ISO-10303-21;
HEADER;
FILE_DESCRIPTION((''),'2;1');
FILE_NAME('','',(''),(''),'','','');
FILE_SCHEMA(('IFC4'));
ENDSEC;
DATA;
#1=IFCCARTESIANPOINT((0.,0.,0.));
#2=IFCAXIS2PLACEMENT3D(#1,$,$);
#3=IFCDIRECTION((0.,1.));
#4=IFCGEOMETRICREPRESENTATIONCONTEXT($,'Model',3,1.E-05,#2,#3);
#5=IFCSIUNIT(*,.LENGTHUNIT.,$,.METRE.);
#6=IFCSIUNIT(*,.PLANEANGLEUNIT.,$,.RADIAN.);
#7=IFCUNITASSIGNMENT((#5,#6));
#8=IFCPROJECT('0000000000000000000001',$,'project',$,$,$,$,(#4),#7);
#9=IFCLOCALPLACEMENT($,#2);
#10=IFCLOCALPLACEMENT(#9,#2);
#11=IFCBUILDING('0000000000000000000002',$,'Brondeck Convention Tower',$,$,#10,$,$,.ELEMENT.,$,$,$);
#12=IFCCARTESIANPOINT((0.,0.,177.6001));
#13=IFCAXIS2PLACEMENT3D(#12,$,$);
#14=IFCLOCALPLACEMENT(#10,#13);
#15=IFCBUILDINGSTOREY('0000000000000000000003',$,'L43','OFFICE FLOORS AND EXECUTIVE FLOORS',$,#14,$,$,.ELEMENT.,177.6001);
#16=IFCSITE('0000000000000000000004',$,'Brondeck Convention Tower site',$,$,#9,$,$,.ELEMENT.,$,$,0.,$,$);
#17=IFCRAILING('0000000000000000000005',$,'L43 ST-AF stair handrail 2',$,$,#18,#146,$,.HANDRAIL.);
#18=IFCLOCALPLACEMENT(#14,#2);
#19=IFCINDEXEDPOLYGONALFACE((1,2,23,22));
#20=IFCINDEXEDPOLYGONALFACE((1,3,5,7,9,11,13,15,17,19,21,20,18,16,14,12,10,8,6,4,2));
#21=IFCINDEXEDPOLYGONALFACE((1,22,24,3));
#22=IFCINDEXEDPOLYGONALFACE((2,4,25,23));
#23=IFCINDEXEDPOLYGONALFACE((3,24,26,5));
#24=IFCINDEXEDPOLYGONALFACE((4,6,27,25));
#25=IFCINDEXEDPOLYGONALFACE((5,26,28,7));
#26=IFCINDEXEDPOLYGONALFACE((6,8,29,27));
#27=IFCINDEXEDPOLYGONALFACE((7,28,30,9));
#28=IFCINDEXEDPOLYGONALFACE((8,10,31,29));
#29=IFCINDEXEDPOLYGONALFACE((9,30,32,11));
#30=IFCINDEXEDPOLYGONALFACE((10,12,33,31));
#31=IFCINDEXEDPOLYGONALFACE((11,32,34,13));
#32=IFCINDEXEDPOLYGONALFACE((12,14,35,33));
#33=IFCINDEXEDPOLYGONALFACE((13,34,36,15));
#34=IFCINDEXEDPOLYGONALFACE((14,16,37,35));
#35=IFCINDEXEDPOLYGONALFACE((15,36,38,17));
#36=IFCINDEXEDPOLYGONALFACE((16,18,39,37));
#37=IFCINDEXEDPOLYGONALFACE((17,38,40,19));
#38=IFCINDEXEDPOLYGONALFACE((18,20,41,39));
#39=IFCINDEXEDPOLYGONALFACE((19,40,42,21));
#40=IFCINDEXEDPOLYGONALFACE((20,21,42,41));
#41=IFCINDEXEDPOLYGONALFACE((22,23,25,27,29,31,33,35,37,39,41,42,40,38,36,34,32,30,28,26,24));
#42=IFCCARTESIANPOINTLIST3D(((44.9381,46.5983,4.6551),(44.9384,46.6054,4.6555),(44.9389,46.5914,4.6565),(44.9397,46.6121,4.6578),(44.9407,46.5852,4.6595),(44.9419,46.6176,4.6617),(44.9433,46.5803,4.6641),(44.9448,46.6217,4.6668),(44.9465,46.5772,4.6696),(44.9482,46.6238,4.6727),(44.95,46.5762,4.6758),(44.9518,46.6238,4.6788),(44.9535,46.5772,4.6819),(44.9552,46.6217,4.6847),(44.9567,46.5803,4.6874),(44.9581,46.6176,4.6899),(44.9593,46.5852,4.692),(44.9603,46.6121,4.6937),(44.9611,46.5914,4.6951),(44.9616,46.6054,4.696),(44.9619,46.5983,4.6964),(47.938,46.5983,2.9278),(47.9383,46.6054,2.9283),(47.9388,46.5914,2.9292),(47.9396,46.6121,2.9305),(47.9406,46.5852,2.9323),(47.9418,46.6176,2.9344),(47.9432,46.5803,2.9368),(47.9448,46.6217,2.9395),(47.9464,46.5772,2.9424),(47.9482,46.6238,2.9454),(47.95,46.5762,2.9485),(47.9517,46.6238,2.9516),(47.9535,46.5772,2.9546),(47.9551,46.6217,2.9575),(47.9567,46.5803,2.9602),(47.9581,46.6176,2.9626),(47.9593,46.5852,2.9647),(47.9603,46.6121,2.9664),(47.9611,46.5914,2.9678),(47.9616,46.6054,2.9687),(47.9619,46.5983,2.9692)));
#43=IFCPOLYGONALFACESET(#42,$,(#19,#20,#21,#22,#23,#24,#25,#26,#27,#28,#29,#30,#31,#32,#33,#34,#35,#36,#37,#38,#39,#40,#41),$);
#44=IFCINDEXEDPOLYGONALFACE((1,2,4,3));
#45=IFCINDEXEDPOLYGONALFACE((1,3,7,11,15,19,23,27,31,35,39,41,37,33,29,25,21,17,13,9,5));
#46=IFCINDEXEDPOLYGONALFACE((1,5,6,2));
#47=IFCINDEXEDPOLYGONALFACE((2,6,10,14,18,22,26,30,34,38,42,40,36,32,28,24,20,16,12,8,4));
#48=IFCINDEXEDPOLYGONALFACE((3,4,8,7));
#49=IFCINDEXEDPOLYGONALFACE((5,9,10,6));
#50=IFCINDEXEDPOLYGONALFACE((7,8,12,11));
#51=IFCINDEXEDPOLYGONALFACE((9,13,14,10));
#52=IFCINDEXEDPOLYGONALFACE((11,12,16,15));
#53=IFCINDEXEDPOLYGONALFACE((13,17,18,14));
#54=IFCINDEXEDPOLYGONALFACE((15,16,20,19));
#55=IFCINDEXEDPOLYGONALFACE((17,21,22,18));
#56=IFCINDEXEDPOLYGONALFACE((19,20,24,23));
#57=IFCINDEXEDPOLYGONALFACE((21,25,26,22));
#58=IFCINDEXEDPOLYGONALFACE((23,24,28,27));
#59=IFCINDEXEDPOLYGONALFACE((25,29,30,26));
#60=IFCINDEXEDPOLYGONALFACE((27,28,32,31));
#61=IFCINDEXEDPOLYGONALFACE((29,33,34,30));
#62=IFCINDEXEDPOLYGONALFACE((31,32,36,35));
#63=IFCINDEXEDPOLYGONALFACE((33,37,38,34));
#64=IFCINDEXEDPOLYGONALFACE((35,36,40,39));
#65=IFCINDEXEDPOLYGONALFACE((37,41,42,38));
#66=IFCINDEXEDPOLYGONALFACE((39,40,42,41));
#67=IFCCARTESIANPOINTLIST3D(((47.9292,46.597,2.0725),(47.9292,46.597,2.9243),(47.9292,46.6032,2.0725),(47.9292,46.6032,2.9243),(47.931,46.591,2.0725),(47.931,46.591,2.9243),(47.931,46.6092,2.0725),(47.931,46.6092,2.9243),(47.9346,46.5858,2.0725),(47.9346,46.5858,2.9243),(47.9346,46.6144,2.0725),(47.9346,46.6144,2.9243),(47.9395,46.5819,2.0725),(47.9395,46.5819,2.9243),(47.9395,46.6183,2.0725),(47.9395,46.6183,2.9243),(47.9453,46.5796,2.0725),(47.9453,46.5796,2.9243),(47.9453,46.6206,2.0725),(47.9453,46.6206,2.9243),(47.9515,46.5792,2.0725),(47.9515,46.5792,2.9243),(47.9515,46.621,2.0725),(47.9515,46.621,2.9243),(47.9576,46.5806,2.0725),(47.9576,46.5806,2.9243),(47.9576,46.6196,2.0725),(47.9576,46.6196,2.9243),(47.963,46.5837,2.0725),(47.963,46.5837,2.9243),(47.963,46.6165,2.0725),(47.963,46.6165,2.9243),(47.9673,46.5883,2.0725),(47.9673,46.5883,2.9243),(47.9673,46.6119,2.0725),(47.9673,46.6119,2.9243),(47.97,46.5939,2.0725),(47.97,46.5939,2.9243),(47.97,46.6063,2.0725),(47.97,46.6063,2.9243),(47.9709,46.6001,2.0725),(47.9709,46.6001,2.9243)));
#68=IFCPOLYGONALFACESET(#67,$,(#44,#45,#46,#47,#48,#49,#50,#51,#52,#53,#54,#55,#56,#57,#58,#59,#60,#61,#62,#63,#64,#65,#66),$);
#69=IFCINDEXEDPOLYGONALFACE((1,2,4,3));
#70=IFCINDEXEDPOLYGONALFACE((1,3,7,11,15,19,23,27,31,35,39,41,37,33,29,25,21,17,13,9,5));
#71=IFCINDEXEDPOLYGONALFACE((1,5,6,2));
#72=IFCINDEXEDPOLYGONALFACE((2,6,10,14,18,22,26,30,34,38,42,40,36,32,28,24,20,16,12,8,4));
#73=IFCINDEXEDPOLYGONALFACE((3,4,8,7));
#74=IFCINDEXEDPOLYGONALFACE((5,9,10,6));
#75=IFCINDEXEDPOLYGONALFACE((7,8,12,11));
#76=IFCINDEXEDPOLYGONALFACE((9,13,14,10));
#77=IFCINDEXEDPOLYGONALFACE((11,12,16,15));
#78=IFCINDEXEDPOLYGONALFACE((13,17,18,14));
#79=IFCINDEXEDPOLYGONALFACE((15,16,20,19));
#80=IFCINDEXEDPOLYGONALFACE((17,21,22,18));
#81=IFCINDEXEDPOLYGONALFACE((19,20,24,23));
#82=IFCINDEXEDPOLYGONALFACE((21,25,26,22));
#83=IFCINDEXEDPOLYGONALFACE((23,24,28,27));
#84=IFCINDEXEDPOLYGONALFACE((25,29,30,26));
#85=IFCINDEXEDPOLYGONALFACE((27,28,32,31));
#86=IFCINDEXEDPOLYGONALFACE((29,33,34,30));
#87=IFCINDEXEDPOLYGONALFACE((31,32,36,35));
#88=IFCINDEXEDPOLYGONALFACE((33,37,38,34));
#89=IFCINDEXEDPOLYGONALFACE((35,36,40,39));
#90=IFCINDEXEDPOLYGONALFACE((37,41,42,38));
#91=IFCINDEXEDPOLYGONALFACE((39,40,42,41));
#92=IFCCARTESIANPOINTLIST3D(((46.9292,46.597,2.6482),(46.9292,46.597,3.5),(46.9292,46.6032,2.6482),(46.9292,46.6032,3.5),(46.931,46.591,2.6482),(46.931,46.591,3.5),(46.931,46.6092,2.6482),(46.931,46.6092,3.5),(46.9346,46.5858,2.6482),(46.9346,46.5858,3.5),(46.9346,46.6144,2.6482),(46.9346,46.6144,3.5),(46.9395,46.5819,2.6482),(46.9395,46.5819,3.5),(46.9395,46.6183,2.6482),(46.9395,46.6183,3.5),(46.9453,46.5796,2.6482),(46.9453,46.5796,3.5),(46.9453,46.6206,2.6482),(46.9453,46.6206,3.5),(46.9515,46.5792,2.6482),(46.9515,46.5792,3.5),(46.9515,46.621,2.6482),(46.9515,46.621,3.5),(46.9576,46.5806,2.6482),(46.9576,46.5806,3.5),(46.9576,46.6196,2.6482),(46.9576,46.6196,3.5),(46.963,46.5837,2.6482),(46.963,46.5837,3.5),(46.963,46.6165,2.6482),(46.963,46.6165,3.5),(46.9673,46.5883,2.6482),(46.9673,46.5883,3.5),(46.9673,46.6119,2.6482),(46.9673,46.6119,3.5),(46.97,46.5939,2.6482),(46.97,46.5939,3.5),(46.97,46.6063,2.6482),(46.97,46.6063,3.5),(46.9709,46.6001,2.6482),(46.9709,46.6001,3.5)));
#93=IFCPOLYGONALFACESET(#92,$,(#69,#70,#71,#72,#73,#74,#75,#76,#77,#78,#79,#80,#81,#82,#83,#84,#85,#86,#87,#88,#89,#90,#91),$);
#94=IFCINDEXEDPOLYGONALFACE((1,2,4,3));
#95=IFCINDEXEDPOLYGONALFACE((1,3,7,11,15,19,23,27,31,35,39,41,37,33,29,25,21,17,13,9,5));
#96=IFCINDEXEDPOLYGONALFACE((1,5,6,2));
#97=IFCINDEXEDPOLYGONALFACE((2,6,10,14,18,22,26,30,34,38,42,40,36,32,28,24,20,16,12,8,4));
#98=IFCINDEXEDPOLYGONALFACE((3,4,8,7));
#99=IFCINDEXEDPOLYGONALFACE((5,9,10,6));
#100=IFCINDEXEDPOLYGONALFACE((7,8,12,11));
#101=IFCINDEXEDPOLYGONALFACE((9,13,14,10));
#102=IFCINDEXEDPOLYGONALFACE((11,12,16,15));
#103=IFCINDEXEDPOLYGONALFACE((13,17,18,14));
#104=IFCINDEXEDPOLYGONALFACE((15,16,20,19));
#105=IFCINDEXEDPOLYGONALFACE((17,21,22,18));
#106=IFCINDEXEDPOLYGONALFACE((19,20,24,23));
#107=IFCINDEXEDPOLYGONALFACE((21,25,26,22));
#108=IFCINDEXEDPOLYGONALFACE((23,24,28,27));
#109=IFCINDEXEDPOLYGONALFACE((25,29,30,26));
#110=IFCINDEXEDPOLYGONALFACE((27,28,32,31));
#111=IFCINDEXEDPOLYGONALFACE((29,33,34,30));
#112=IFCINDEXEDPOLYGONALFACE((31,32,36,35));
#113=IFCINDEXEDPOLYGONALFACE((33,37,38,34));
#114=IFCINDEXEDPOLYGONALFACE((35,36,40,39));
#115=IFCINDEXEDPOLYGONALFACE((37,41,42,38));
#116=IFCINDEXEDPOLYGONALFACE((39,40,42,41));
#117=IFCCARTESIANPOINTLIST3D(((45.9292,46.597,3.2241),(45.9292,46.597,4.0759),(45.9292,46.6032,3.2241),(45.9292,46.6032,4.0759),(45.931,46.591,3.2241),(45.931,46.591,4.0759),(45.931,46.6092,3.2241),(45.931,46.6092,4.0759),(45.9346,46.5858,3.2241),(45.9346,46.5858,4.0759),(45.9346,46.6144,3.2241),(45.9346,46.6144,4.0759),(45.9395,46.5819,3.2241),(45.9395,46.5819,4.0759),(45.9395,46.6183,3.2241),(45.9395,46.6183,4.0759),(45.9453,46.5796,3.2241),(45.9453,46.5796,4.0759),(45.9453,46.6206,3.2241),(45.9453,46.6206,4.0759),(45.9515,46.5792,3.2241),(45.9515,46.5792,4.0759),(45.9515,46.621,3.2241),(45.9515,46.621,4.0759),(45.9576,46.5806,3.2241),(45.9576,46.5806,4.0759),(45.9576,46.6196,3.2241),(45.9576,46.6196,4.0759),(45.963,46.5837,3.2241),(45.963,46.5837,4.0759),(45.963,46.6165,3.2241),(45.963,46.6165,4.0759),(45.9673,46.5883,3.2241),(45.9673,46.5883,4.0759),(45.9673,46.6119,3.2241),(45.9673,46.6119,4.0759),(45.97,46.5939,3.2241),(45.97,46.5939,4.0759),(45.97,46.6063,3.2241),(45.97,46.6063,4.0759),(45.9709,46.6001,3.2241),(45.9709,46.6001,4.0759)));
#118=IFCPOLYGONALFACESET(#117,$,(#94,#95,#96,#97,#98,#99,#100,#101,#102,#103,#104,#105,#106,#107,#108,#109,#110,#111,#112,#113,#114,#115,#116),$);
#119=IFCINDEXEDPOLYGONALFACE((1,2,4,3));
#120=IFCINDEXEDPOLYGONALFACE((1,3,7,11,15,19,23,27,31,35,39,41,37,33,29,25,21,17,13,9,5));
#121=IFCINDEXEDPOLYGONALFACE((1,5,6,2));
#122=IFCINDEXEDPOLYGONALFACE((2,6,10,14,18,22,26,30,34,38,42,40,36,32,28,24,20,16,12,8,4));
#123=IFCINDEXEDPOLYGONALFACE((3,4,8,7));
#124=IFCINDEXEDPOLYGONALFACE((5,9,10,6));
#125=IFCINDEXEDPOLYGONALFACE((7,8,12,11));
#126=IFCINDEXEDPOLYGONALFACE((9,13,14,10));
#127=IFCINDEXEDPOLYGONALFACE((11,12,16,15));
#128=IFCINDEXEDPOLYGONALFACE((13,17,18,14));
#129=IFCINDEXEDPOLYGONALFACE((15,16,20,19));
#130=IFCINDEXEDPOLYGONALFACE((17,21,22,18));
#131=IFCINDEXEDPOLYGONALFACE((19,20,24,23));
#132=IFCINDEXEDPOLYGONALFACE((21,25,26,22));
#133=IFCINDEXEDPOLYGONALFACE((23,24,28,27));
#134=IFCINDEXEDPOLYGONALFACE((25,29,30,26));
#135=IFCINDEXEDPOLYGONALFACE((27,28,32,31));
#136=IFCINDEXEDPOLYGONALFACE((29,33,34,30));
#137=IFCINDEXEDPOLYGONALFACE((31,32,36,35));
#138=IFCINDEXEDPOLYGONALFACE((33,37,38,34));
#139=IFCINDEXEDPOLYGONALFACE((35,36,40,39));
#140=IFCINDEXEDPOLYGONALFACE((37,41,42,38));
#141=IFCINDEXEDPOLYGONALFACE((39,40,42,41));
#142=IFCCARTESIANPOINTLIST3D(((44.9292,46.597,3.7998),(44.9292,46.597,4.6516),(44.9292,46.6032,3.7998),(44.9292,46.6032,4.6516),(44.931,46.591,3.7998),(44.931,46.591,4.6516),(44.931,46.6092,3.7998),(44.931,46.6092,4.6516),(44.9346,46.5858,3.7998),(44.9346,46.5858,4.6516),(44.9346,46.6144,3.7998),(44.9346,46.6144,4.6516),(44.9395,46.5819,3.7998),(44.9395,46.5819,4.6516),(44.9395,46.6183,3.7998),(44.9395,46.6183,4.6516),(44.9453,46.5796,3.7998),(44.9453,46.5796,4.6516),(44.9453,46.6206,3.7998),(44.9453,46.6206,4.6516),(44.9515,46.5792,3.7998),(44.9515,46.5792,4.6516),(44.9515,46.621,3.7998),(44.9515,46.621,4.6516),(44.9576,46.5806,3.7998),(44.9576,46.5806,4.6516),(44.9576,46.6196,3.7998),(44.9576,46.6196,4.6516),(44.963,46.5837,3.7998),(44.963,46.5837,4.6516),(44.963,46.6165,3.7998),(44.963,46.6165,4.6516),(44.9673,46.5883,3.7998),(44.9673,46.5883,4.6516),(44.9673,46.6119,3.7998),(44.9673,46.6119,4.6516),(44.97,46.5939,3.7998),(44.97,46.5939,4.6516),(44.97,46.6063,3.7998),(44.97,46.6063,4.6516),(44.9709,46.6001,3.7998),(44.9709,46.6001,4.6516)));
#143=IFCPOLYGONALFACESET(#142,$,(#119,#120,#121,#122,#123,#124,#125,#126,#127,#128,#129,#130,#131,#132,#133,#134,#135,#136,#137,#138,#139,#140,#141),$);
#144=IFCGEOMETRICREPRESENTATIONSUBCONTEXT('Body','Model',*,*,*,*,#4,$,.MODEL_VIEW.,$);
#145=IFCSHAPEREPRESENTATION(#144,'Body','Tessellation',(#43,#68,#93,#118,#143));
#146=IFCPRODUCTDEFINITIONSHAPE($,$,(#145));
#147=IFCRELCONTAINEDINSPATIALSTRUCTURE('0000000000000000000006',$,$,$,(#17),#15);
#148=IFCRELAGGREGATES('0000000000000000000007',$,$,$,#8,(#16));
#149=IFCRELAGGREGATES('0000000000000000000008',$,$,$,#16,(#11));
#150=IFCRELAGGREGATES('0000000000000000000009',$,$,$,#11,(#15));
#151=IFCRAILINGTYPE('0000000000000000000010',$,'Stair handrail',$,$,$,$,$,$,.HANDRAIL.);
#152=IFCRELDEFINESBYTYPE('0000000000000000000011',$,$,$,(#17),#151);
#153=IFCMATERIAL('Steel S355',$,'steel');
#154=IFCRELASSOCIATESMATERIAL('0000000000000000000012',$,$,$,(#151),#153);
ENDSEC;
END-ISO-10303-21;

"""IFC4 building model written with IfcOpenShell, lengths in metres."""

from ifc_helpers import new_model, si_unit, direction, frame, origin, origin_2d, place, context, subcontext, project, spatial, circle, extrude, material, type_object, element, save


model = new_model("IFC4")

# Units and contexts
model_context = context("Model", 3, precision=1e-05, world=origin(), true_north=direction((0.0, 1.0)))
body_context = subcontext(model_context, "Body", "Model", "MODEL_VIEW")
ifc_project = project(units=[si_unit("LENGTHUNIT", "METRE"), si_unit("PLANEANGLEUNIT", "RADIAN")], contexts=[model_context])

# Site, building, storey
site_placement = place(None, origin())
site = spatial("IfcSite", under=ifc_project, at=site_placement, Name="Brondeck Convention Tower site", CompositionType="ELEMENT", RefElevation=0.0)
building_placement = place(site_placement, origin())
building = spatial("IfcBuilding", under=site, at=building_placement, Name="Brondeck Convention Tower", CompositionType="ELEMENT")
storey_placement = place(building_placement, frame((0.0, 0.0, 177.6001)))
storey = spatial("IfcBuildingStorey", under=building, at=storey_placement, Name="L43", Description="OFFICE FLOORS AND EXECUTIVE FLOORS", CompositionType="ELEMENT", Elevation=177.6001)

# Shared definitions
ifc_material_1 = material(Name="Steel S355", Category="steel")

# Railing
railing_type_1 = type_object("IfcRailingType", Name="Stair handrail", PredefinedType="HANDRAIL", material=ifc_material_1)
railing_1_placement = place(storey_placement, frame((47.95, 46.6001, 2.0725)))
element("IfcRailing", 1, at=railing_1_placement, inside=storey, type_object=railing_type_1, Name="L43 ST-AF stair handrail 2", PredefinedType="HANDRAIL", context=body_context, shape_type="SweptSolid", body=[
    extrude(circle(Radius=0.0239, at=origin_2d()), frame((0.0, 0.0, 0.876), z_axis=(-0.86662, 0.0, 0.498969), x_axis=(0.0, -1.0, 0.0)), (0.0, 0.0, 1.0), 3.4617),
    extrude(circle(Radius=0.021, at=origin_2d()), origin(), (0.0, 0.0, 1.0), 0.8518),
    extrude(circle(Radius=0.021, at=origin_2d()), frame((-1.0, 0.0, 0.5757)), (0.0, 0.0, 1.0), 0.8518),
    extrude(circle(Radius=0.021, at=origin_2d()), frame((-2.0, 0.0, 1.1516)), (0.0, 0.0, 1.0), 0.8518),
    extrude(circle(Radius=0.021, at=origin_2d()), frame((-3.0, 0.0, 1.7273)), (0.0, 0.0, 1.0), 0.8518),
])

save(model, "model.ifc")
